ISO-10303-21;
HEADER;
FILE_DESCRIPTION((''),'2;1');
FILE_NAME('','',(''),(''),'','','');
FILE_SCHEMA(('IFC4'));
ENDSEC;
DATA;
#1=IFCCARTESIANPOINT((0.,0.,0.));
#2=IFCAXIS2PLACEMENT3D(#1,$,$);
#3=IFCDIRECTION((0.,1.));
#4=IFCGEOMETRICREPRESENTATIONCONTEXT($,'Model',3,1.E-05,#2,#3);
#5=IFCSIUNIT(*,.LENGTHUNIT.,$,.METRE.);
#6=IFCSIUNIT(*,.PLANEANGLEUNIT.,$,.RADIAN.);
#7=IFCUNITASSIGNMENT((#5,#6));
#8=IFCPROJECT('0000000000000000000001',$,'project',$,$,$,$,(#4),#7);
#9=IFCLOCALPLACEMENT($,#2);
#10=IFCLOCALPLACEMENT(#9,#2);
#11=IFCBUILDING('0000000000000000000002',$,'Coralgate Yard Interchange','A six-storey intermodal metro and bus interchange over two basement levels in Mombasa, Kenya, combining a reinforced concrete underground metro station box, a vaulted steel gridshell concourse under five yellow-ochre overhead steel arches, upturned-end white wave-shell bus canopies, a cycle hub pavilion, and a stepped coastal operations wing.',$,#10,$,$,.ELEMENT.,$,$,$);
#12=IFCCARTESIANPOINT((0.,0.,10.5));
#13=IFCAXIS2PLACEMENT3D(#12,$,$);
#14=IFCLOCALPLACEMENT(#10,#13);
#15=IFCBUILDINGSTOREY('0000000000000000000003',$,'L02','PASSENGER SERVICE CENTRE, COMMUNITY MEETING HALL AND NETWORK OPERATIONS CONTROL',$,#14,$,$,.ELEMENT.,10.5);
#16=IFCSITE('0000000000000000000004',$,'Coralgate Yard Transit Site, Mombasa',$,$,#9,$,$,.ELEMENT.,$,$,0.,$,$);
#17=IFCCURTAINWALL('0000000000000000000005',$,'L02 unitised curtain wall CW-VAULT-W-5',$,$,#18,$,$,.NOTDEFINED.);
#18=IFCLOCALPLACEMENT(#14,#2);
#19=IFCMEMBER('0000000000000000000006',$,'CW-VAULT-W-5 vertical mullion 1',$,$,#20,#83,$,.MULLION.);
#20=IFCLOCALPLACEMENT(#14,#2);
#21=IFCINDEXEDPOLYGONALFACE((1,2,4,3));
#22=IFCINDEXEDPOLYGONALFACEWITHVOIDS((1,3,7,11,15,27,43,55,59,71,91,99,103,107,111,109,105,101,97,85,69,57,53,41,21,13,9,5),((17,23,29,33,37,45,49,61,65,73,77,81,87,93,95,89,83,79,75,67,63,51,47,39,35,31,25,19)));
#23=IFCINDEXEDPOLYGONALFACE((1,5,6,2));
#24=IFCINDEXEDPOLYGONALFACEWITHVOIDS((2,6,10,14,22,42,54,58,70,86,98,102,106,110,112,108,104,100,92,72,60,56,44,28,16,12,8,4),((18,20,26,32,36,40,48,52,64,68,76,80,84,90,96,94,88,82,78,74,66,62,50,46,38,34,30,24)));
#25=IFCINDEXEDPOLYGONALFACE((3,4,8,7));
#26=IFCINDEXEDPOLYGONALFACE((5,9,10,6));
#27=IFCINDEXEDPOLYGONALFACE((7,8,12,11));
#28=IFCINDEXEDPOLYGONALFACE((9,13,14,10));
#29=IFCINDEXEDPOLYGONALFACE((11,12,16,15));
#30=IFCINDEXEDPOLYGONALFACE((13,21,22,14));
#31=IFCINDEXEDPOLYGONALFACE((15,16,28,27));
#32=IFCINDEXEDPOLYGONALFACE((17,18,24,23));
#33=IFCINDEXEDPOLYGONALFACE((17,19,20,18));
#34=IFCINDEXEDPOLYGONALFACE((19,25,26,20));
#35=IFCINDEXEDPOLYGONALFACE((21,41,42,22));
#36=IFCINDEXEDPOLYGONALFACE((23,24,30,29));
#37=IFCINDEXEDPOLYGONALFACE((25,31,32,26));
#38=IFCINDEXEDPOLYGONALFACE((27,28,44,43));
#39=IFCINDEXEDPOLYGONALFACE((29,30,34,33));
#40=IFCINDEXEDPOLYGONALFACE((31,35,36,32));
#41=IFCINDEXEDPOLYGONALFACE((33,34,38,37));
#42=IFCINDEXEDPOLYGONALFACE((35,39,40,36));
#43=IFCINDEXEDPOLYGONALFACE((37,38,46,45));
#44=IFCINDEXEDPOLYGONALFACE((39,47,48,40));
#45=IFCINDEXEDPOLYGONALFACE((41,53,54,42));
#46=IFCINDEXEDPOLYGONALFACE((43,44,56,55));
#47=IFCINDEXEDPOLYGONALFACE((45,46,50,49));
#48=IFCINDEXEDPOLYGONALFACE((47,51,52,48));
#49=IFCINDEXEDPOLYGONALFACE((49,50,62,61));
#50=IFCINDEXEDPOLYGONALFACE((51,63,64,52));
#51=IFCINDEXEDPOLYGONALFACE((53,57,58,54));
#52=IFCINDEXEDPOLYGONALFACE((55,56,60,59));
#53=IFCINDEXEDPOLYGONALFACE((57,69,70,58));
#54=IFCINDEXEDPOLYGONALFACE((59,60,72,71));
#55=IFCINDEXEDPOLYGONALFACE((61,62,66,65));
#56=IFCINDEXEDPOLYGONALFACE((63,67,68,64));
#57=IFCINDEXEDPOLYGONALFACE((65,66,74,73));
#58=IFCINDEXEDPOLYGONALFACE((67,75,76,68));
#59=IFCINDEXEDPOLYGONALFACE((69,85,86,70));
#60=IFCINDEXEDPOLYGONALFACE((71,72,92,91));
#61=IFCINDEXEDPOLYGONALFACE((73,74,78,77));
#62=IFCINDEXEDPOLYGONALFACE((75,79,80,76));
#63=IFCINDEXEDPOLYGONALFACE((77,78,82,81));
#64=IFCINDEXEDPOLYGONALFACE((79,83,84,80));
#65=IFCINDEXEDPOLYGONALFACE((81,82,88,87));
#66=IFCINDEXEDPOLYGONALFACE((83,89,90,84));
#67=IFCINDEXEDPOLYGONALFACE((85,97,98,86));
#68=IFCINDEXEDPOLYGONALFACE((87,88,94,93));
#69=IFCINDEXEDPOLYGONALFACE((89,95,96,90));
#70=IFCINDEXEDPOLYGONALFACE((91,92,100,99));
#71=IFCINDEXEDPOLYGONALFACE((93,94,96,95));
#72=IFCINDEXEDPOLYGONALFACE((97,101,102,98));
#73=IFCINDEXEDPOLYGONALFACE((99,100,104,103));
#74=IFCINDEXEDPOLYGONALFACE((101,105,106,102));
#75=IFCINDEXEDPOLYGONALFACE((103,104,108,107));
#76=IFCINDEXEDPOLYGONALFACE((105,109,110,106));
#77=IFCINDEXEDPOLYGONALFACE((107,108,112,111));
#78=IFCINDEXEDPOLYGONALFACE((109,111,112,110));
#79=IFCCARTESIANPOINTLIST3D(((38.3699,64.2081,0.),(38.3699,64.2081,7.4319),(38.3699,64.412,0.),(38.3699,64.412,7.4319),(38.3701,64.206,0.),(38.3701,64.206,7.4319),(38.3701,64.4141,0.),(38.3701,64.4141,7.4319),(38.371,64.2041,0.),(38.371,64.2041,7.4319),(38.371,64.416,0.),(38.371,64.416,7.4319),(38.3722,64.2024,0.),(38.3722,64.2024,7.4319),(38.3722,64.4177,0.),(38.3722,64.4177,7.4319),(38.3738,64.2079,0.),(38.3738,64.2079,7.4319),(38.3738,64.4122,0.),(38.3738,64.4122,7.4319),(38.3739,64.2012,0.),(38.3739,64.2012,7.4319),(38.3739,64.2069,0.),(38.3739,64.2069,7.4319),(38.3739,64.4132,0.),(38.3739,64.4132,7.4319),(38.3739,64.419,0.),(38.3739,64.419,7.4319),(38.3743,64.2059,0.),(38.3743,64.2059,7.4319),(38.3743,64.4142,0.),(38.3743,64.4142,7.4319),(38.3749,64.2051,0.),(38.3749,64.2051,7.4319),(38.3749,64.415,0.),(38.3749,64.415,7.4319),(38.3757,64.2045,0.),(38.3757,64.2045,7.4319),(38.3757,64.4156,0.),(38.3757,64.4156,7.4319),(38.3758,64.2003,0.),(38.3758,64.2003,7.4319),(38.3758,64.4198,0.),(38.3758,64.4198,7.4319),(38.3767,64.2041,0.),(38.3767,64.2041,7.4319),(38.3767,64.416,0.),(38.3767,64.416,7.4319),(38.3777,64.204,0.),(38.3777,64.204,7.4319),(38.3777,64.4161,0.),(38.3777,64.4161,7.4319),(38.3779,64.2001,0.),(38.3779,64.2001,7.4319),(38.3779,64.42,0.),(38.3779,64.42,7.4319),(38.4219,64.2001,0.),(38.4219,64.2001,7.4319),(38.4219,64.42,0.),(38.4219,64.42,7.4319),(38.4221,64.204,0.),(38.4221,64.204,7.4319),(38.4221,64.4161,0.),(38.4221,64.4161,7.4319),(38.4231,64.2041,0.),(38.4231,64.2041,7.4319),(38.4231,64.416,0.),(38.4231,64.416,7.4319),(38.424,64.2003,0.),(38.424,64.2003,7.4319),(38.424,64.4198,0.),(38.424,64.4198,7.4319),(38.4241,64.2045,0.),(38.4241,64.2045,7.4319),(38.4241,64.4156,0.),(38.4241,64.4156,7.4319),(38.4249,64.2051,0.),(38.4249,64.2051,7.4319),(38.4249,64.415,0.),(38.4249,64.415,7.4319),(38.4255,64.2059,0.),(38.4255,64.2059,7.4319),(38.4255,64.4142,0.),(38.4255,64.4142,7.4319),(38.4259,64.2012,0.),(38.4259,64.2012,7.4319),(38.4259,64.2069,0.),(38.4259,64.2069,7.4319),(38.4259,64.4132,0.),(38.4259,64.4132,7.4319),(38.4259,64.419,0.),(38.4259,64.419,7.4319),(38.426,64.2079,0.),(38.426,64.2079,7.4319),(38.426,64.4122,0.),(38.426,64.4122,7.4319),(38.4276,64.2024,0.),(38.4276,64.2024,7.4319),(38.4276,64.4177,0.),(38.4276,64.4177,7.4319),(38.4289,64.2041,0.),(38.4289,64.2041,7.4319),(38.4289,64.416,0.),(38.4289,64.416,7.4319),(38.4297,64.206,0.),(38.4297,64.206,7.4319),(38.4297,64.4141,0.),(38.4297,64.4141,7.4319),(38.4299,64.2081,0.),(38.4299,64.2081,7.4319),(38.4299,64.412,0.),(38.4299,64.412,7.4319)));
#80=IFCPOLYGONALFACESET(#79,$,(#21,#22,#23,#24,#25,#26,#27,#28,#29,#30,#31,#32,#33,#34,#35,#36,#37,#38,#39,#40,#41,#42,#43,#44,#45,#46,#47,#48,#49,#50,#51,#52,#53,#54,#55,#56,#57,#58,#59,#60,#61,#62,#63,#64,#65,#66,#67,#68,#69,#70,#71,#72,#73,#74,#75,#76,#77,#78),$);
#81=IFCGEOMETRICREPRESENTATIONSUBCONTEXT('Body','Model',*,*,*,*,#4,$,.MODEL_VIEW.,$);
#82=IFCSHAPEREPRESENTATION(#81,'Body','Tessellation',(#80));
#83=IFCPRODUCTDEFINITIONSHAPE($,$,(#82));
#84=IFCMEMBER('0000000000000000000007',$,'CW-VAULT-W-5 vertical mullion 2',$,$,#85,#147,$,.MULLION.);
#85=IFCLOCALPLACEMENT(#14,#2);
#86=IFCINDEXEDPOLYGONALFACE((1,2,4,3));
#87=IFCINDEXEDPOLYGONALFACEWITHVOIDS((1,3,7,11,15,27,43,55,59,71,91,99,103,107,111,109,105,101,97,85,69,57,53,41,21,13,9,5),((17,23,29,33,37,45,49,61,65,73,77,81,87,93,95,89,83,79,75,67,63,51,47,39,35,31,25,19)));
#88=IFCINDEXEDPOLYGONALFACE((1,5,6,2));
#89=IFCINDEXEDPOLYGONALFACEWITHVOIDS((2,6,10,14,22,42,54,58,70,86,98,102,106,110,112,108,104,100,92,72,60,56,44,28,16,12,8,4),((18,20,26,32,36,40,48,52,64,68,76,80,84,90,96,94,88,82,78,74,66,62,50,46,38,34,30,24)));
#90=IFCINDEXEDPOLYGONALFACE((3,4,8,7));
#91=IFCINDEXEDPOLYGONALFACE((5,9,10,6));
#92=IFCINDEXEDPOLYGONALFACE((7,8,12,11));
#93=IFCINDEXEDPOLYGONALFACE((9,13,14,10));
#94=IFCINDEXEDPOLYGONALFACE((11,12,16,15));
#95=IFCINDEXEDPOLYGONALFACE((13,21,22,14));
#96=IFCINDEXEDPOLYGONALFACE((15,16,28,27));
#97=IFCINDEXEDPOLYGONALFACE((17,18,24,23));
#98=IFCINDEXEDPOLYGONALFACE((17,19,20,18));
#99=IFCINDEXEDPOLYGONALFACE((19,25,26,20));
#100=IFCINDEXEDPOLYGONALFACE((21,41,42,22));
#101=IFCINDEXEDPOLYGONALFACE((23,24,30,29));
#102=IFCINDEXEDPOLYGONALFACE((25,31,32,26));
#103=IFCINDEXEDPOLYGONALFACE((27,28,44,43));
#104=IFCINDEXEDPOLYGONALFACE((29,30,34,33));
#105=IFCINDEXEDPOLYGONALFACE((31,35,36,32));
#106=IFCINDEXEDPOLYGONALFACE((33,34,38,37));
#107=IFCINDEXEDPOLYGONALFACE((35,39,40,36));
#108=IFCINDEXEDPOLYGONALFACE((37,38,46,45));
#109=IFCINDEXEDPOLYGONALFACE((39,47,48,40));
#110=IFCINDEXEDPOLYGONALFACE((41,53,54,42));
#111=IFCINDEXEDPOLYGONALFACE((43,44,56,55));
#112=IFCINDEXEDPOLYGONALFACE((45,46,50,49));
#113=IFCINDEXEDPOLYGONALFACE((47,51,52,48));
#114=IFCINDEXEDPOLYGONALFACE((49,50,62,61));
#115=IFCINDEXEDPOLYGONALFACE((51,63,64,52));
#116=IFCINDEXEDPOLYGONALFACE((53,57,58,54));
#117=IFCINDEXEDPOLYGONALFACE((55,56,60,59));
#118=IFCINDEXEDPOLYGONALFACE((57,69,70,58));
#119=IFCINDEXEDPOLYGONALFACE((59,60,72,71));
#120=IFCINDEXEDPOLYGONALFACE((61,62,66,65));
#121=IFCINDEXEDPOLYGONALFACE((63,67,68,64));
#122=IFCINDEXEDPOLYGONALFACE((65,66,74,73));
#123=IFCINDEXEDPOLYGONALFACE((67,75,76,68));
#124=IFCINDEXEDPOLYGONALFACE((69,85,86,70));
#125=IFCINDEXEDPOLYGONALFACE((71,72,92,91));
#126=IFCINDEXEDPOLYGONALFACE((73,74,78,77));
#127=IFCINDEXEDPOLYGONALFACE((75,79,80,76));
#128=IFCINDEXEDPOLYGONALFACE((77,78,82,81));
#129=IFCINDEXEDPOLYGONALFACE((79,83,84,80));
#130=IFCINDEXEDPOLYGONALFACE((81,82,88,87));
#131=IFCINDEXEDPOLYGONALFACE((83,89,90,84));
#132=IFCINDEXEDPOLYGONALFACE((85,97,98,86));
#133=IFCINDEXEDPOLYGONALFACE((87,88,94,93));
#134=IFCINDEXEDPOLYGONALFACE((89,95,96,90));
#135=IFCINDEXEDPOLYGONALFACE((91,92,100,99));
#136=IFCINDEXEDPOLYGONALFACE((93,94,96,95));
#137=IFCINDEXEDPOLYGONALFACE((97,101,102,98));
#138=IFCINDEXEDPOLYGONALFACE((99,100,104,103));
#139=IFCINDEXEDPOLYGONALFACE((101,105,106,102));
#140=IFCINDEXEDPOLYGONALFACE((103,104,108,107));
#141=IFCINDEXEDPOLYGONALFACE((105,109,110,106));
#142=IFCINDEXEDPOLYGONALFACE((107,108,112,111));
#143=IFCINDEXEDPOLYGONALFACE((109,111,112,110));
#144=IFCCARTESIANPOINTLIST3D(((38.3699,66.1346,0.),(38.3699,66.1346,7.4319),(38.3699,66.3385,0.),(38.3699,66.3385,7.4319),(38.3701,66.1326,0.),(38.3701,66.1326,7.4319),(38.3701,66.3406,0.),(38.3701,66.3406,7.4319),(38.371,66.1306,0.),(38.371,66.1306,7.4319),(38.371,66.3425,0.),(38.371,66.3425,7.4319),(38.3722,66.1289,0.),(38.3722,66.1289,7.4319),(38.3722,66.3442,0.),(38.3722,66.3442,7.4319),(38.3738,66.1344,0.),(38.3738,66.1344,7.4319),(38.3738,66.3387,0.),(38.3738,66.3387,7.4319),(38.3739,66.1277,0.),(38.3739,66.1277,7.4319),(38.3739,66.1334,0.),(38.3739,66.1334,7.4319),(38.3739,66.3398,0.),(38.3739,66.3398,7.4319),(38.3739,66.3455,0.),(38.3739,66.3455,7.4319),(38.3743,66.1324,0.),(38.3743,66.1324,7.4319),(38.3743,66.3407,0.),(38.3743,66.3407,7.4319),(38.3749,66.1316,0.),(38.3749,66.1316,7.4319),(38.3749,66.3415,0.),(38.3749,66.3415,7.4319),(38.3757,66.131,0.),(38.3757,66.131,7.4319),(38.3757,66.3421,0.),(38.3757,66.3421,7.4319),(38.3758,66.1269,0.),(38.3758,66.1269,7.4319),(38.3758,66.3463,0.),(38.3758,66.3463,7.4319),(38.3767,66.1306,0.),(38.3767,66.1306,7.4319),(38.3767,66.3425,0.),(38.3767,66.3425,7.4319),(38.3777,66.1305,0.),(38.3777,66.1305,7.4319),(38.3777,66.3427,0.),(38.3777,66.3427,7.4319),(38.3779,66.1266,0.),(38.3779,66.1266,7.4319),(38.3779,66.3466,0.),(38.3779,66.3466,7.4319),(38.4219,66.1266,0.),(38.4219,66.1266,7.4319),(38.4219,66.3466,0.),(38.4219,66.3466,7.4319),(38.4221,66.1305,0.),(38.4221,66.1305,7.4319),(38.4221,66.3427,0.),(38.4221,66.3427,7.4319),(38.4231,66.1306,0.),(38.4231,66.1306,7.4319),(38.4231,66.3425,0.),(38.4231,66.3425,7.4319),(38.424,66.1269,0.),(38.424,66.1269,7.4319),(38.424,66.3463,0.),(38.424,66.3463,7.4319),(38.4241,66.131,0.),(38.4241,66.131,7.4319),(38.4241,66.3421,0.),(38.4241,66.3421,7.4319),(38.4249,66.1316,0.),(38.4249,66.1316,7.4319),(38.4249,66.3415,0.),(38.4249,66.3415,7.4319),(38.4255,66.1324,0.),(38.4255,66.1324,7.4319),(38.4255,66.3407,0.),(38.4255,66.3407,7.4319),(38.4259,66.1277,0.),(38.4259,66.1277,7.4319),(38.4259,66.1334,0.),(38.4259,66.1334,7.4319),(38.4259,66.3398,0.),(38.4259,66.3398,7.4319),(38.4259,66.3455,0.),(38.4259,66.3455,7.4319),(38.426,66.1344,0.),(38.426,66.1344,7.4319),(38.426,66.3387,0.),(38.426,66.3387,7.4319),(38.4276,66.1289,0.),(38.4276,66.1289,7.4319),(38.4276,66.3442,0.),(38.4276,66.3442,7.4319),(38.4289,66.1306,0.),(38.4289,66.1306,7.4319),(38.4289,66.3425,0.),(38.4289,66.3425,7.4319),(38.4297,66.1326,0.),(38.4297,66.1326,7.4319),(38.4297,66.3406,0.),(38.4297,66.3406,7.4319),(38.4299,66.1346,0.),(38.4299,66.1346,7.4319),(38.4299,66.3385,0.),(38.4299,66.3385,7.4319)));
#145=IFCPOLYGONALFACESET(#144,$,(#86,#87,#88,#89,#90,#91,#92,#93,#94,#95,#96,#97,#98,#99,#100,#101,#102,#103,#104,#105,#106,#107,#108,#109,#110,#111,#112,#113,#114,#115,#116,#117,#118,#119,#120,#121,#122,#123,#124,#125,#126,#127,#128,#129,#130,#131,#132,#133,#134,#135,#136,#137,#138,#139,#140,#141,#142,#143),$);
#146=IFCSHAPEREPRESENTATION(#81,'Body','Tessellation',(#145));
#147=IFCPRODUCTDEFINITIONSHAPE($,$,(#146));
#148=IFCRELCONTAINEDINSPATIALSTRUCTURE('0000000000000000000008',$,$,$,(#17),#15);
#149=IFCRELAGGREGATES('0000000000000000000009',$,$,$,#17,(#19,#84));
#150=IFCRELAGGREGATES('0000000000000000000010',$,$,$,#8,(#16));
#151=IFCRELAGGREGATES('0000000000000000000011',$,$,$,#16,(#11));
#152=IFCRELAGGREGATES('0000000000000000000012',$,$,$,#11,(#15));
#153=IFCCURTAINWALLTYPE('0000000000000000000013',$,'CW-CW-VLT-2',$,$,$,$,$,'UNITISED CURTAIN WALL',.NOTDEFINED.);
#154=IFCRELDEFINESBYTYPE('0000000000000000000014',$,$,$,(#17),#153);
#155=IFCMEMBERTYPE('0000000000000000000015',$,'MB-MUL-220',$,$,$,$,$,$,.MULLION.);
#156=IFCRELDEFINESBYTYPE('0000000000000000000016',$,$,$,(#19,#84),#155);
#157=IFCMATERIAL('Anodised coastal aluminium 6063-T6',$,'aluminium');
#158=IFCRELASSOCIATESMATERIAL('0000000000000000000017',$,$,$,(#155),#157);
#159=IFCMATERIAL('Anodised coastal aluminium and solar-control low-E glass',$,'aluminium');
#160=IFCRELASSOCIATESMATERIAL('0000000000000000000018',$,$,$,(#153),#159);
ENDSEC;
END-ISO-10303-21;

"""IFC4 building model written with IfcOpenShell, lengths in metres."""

from ifc_helpers import new_model, si_unit, direction, frame, origin, origin_2d, place, context, subcontext, project, spatial, hollow_rectangle, extrude, material, material_profile, profile_set, type_object, element, aggregate, save


model = new_model("IFC4")

# Units and contexts
model_context = context("Model", 3, precision=1e-05, world=origin(), true_north=direction((0.0, 1.0)))
body_context = subcontext(model_context, "Body", "Model", "MODEL_VIEW")
ifc_project = project(units=[si_unit("LENGTHUNIT", "METRE"), si_unit("PLANEANGLEUNIT", "RADIAN")], contexts=[model_context])

# Site, building, storey
site_placement = place(None, origin())
site = spatial("IfcSite", under=ifc_project, at=site_placement, Name="Coralgate Yard Transit Site, Mombasa", CompositionType="ELEMENT", RefElevation=0.0)
building_placement = place(site_placement, origin())
building = spatial("IfcBuilding", under=site, at=building_placement, Name="Coralgate Yard Interchange", Description="A six-storey intermodal metro and bus interchange over two basement levels in Mombasa, Kenya, combining a reinforced concrete underground metro station box, a vaulted steel gridshell concourse under five yellow-ochre overhead steel arches, upturned-end white wave-shell bus canopies, a cycle hub pavilion, and a stepped coastal operations wing.", CompositionType="ELEMENT")
storey_placement = place(building_placement, frame((0.0, 0.0, 10.5)))
storey = spatial("IfcBuildingStorey", under=building, at=storey_placement, Name="L02", Description="PASSENGER SERVICE CENTRE, COMMUNITY MEETING HALL AND NETWORK OPERATIONS CONTROL", CompositionType="ELEMENT", Elevation=10.5)

# Curtain wall, members
ifc_material_1 = material(Name="Anodised coastal aluminium and solar-control low-E glass", Category="aluminium")
ifc_material_2 = material(Name="Anodised coastal aluminium 6063-T6", Category="aluminium")
ifc_material_profile_1 = material_profile(ifc_material_2, hollow_rectangle(XDim=0.0601, YDim=0.22, WallThickness=0.0039, InnerFilletRadius=0.0039, OuterFilletRadius=0.0081, at=origin_2d()), Name="ALU 60x220x4")
ifc_profile_set_1 = profile_set([ifc_material_profile_1], Name="Anodised coastal aluminium 6063-T6")
member_type_1 = type_object("IfcMemberType", Name="MB-MUL-220", PredefinedType="MULLION", material=ifc_profile_set_1)
curtain_wall_type_1 = type_object("IfcCurtainWallType", Name="CW-CW-VLT-2", ElementType="UNITISED CURTAIN WALL", PredefinedType="NOTDEFINED", material=ifc_material_1)
curtain_wall_1_placement = place(storey_placement, origin())
curtain_wall_1 = element("IfcCurtainWall", 1, at=curtain_wall_1_placement, inside=storey, type_object=curtain_wall_type_1, Name="L02 unitised curtain wall CW-VAULT-W-5", PredefinedType="NOTDEFINED")
member_1_placement = place(storey_placement, frame((38.3999, 64.3101, 0.0), z_axis=(0.0, 0.0, 1.0), x_axis=(1.0, 0.0, 0.0)))
member_1 = element("IfcMember", 2, at=member_1_placement, type_object=member_type_1, Name="CW-VAULT-W-5 vertical mullion 1", PredefinedType="MULLION", context=body_context, shape_type="SweptSolid", body=[
    extrude(hollow_rectangle(XDim=0.0601, YDim=0.22, WallThickness=0.0039, InnerFilletRadius=0.0039, OuterFilletRadius=0.0081, at=origin_2d()), origin(), (0.0, 0.0, 1.0), 7.4319),
])
member_2_placement = place(storey_placement, frame((38.3999, 66.2366, 0.0), z_axis=(0.0, 0.0, 1.0), x_axis=(1.0, 0.0, 0.0)))
member_2 = element("IfcMember", 3, at=member_2_placement, type_object=member_type_1, Name="CW-VAULT-W-5 vertical mullion 2", PredefinedType="MULLION", context=body_context, shape_type="SweptSolid", body=[
    extrude(hollow_rectangle(XDim=0.0601, YDim=0.22, WallThickness=0.0039, InnerFilletRadius=0.0039, OuterFilletRadius=0.0081, at=origin_2d()), origin(), (0.0, 0.0, 1.0), 7.4319),
])

aggregate(curtain_wall_1, [member_1, member_2])

save(model, "model.ifc")
